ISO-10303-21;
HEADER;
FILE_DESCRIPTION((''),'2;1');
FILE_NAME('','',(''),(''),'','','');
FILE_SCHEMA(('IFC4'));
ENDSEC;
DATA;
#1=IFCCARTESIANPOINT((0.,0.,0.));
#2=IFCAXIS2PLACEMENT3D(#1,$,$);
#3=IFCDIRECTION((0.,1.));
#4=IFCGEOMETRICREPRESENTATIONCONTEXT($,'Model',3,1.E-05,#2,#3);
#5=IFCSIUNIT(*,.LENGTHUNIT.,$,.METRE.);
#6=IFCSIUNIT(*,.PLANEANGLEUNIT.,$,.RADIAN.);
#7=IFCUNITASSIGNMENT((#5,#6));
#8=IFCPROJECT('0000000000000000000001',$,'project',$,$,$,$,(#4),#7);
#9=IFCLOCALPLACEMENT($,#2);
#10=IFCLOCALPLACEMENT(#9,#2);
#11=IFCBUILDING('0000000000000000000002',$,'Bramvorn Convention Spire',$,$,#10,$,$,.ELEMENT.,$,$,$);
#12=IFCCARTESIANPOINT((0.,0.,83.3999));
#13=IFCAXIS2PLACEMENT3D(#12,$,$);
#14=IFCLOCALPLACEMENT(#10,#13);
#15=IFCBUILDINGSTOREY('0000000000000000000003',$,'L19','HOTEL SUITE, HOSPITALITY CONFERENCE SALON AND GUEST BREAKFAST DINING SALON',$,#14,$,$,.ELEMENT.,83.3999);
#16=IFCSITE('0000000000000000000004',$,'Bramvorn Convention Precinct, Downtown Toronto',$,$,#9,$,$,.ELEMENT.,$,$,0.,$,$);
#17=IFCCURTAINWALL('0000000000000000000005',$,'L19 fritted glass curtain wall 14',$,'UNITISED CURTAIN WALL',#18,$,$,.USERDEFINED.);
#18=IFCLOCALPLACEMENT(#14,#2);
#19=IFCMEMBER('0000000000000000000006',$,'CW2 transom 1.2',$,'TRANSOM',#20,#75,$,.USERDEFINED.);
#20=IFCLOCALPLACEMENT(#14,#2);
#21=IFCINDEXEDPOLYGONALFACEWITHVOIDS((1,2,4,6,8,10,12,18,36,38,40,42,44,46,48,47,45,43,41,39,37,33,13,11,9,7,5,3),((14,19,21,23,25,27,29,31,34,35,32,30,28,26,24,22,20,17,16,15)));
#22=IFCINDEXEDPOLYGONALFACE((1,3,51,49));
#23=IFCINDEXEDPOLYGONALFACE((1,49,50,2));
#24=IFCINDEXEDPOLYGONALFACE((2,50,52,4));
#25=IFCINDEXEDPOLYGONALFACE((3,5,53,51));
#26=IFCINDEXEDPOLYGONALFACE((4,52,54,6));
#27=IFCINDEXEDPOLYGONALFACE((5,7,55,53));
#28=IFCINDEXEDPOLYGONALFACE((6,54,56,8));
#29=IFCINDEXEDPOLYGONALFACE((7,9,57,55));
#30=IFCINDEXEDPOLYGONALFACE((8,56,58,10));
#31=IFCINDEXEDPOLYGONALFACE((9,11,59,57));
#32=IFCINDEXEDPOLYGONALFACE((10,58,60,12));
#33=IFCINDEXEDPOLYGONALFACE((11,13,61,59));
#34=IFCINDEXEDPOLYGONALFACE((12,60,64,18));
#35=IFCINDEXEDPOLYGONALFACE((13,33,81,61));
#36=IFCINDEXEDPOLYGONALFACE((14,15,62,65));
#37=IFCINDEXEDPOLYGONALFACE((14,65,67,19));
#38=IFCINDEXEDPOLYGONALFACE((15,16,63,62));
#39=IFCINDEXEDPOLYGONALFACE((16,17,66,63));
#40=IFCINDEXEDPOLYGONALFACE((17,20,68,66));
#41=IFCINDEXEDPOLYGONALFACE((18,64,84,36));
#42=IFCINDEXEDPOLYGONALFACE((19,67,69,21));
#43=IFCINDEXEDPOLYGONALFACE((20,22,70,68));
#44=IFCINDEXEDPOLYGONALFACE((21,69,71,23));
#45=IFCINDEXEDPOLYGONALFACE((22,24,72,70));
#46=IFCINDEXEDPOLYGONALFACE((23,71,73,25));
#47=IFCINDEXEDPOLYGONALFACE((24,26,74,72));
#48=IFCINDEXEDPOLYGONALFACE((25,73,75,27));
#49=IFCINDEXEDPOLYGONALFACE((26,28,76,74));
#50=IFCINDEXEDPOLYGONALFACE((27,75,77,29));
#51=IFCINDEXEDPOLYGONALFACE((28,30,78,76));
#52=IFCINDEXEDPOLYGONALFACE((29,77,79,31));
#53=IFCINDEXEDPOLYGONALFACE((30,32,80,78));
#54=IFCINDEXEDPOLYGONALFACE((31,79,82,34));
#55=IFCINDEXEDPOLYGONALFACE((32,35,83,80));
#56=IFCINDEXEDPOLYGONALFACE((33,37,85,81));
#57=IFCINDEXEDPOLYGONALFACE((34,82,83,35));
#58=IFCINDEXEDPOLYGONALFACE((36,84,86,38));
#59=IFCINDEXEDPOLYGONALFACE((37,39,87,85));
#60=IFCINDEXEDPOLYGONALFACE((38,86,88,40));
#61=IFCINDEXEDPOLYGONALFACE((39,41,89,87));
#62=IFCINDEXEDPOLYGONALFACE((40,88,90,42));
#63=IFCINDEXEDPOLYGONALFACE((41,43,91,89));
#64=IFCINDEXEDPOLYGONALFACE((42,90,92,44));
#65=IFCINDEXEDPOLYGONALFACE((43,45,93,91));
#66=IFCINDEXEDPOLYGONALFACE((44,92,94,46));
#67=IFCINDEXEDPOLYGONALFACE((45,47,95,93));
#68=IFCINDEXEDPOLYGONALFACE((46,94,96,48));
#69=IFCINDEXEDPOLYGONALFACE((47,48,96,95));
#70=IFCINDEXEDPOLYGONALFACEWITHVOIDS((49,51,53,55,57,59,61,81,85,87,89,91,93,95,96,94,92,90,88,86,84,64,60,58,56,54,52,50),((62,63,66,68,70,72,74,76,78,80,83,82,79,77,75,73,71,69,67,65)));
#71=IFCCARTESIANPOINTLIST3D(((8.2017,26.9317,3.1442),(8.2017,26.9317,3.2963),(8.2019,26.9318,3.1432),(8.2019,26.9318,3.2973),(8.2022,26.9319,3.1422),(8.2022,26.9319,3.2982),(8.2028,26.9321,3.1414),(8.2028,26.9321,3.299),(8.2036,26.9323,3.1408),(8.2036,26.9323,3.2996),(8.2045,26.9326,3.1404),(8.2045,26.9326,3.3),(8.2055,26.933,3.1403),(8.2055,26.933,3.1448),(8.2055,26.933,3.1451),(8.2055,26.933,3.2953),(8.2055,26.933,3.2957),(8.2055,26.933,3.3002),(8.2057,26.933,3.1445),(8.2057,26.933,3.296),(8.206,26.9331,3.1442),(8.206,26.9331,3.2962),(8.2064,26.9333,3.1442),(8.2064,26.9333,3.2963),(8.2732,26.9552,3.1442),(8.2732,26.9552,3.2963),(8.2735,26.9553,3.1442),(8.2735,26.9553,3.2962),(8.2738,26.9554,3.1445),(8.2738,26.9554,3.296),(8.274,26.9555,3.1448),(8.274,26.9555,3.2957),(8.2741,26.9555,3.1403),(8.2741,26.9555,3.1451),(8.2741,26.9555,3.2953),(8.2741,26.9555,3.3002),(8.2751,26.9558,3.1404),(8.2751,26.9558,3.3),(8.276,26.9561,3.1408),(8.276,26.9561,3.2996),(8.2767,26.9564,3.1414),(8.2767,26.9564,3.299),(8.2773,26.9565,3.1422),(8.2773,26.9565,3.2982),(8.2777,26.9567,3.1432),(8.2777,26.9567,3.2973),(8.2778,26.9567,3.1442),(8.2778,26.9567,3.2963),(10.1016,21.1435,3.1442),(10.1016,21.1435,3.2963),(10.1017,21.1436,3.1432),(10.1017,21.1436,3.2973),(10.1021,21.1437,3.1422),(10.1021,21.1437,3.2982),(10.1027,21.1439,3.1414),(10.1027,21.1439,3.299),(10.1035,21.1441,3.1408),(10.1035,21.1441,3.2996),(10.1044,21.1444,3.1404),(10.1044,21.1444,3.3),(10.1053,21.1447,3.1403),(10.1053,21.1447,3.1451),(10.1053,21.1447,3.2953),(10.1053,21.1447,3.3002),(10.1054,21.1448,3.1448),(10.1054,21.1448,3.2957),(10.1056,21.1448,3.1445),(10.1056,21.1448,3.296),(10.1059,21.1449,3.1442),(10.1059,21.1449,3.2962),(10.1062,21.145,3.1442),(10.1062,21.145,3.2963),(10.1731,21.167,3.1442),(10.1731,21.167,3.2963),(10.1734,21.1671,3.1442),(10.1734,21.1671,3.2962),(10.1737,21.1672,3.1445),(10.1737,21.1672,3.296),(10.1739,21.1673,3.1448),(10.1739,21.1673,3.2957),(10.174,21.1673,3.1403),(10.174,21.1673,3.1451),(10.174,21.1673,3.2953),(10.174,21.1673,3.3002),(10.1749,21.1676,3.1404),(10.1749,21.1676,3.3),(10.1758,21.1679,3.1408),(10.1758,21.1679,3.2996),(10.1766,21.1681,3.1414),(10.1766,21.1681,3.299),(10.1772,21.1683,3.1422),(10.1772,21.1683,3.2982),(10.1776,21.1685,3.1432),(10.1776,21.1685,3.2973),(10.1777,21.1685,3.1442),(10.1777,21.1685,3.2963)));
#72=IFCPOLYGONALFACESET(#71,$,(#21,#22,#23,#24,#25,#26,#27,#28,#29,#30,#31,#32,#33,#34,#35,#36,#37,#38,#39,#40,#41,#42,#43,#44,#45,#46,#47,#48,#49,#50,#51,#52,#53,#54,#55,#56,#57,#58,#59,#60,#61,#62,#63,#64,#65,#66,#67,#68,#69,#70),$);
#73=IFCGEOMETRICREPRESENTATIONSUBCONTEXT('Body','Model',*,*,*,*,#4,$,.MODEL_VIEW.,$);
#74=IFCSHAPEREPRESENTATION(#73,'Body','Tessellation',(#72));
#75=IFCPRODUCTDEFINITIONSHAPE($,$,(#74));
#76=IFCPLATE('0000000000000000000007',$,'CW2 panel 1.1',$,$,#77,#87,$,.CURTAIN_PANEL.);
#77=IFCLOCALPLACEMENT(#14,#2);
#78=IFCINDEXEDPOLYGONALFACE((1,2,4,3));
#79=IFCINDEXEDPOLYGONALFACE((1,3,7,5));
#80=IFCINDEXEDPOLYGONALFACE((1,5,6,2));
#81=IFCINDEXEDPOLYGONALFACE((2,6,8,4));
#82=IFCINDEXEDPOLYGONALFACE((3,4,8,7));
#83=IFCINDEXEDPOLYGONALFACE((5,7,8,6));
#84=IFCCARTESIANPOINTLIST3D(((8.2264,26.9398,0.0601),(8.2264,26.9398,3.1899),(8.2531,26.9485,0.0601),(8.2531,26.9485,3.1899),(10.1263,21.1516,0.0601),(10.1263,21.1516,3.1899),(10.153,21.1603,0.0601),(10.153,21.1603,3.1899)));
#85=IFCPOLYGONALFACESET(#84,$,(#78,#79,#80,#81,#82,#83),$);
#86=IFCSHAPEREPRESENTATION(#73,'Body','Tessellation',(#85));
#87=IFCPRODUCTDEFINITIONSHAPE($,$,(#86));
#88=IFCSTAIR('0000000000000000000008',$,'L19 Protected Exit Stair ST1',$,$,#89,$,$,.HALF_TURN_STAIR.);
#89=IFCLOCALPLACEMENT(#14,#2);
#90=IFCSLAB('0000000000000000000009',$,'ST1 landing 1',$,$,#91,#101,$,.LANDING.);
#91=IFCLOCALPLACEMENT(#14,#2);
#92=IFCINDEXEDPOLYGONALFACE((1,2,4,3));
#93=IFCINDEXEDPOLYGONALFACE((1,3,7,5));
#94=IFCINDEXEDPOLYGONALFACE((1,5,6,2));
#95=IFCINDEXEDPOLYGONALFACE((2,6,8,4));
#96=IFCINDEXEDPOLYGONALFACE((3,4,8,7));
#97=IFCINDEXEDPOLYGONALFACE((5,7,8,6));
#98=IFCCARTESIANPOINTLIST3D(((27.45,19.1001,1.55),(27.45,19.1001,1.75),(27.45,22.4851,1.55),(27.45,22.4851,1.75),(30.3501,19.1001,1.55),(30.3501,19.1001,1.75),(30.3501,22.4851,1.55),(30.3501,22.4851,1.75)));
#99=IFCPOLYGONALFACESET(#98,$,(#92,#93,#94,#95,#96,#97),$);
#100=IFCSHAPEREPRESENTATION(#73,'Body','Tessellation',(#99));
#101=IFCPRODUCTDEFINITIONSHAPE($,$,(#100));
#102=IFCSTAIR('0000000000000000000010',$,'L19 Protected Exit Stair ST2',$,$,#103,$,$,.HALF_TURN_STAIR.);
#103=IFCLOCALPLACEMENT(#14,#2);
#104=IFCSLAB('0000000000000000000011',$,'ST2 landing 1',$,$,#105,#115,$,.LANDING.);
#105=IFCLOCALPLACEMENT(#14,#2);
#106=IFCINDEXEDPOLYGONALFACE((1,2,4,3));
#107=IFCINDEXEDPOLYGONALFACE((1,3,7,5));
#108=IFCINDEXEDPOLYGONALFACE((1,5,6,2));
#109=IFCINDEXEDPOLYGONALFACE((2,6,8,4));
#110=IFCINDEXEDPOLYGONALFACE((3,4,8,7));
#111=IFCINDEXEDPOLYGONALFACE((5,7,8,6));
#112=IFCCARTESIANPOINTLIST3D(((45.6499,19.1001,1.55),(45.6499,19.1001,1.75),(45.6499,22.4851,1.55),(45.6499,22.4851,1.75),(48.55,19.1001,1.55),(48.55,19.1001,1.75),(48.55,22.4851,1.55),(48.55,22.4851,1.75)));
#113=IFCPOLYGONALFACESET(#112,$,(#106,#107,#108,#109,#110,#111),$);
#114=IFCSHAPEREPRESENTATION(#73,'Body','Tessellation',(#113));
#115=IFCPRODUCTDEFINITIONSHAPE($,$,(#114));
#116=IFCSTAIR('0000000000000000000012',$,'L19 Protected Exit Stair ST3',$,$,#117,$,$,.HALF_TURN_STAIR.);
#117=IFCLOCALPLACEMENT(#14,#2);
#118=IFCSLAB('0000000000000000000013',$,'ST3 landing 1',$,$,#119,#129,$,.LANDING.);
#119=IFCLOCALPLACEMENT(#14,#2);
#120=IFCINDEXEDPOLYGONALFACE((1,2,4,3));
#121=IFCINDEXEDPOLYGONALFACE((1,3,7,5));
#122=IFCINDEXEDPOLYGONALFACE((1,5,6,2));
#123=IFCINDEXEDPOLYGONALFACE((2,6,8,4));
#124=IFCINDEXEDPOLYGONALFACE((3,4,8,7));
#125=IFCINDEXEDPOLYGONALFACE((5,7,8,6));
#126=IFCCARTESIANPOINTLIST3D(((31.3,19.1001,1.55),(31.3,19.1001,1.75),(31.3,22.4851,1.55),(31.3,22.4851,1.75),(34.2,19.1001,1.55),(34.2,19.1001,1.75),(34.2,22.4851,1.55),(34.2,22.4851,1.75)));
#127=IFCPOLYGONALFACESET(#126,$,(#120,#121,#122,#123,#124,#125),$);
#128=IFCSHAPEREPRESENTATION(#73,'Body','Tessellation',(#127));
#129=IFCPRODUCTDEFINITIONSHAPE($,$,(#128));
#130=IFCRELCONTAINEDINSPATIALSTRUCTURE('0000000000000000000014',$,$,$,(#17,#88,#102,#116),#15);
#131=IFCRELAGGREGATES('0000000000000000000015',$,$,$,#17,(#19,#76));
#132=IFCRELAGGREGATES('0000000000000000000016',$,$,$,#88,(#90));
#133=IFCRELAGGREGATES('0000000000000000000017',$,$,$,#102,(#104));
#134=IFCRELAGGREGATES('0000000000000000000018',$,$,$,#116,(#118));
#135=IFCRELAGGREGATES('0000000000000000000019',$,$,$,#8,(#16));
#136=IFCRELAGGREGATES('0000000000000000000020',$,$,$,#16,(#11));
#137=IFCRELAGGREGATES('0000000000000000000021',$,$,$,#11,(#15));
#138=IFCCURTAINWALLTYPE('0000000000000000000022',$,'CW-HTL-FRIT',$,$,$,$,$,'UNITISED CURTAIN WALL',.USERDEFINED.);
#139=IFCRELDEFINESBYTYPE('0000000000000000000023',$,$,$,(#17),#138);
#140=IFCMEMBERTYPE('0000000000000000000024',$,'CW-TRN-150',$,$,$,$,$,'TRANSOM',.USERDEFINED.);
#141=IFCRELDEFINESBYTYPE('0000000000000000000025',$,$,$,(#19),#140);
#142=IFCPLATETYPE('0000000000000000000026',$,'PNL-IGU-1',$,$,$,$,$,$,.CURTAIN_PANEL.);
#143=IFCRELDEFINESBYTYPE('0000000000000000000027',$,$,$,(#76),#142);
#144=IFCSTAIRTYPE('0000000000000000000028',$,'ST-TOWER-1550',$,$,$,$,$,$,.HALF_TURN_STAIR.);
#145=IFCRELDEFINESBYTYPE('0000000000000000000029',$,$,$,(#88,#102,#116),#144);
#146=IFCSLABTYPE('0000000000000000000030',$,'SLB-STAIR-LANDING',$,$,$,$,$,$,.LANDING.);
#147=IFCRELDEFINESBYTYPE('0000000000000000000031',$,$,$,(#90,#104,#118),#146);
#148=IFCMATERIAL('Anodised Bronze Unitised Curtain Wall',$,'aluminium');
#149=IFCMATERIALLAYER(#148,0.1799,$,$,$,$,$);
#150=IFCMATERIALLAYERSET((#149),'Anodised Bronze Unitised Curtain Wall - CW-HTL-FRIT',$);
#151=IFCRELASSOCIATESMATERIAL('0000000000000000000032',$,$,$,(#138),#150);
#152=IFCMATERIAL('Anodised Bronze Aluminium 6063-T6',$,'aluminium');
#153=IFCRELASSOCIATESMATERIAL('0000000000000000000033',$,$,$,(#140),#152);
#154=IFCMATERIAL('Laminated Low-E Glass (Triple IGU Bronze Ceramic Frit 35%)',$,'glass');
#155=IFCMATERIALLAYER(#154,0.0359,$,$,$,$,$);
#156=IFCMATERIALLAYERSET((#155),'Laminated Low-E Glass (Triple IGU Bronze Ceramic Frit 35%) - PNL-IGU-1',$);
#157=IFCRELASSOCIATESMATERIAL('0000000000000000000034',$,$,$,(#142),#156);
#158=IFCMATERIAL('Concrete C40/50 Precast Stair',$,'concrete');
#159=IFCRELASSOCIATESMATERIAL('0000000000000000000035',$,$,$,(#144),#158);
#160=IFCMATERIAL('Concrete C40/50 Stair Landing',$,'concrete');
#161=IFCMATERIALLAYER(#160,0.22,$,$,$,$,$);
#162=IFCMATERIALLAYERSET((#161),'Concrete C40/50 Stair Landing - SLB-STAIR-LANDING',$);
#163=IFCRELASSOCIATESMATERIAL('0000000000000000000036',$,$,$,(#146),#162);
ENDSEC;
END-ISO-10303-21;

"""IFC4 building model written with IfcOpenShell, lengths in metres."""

from ifc_helpers import new_model, si_unit, direction, frame, origin, origin_2d, place, context, subcontext, project, spatial, polyline, rectangle, hollow_rectangle, outline, extrude, material, layer, layer_set, material_profile, profile_set, type_object, element, aggregate, save


model = new_model("IFC4")

# Units and contexts
model_context = context("Model", 3, precision=1e-05, world=origin(), true_north=direction((0.0, 1.0)))
body_context = subcontext(model_context, "Body", "Model", "MODEL_VIEW")
ifc_project = project(units=[si_unit("LENGTHUNIT", "METRE"), si_unit("PLANEANGLEUNIT", "RADIAN")], contexts=[model_context])

# Site, building, storey
site_placement = place(None, origin())
site = spatial("IfcSite", under=ifc_project, at=site_placement, Name="Bramvorn Convention Precinct, Downtown Toronto", CompositionType="ELEMENT", RefElevation=0.0)
building_placement = place(site_placement, origin())
building = spatial("IfcBuilding", under=site, at=building_placement, Name="Bramvorn Convention Spire", CompositionType="ELEMENT")
storey_placement = place(building_placement, frame((0.0, 0.0, 83.3999)))
storey = spatial("IfcBuildingStorey", under=building, at=storey_placement, Name="L19", Description="HOTEL SUITE, HOSPITALITY CONFERENCE SALON AND GUEST BREAKFAST DINING SALON", CompositionType="ELEMENT", Elevation=83.3999)

# Curtain wall, member, plate
ifc_material_1 = material(Name="Anodised Bronze Unitised Curtain Wall", Category="aluminium")
ifc_layer_1 = layer(ifc_material_1, 0.1799)
ifc_layer_set_1 = layer_set([ifc_layer_1], Name="Anodised Bronze Unitised Curtain Wall - CW-HTL-FRIT")
curtain_wall_type = type_object("IfcCurtainWallType", Name="CW-HTL-FRIT", ElementType="UNITISED CURTAIN WALL", PredefinedType="USERDEFINED", material=ifc_layer_set_1)
curtain_wall_placement = place(storey_placement, origin())
curtain_wall = element("IfcCurtainWall", 1, at=curtain_wall_placement, inside=storey, type_object=curtain_wall_type, Name="L19 fritted glass curtain wall 14", ObjectType="UNITISED CURTAIN WALL", PredefinedType="USERDEFINED")
ifc_material_2 = material(Name="Anodised Bronze Aluminium 6063-T6", Category="aluminium")
ifc_material_profile_1 = material_profile(ifc_material_2, hollow_rectangle(XDim=0.0801, YDim=0.1599, WallThickness=0.0039, InnerFilletRadius=0.001, OuterFilletRadius=0.0039, at=origin_2d()))
ifc_profile_set_1 = profile_set([ifc_material_profile_1], Name="Anodised Bronze Aluminium 6063-T6 - CWT80X160")
member_type_1 = type_object("IfcMemberType", Name="CW-TRN-150", ElementType="TRANSOM", PredefinedType="USERDEFINED", material=ifc_profile_set_1)
member_1_placement = place(storey_placement, frame((10.1396, 21.156, 3.2202), z_axis=(-0.31186, 0.950128, 0.0), x_axis=(-0.950128, -0.31186, 0.0)))
member_1 = element("IfcMember", 2, at=member_1_placement, type_object=member_type_1, Name="CW2 transom 1.2", ObjectType="TRANSOM", PredefinedType="USERDEFINED", context=body_context, shape_type="SweptSolid", body=[
    extrude(hollow_rectangle(XDim=0.0801, YDim=0.1599, WallThickness=0.0039, InnerFilletRadius=0.001, OuterFilletRadius=0.0039, at=origin_2d()), origin(), (0.0, 0.0, 1.0), 6.092),
])
ifc_material_3 = material(Name="Laminated Low-E Glass (Triple IGU Bronze Ceramic Frit 35%)", Category="glass")
ifc_layer_2 = layer(ifc_material_3, 0.0359)
ifc_layer_set_2 = layer_set([ifc_layer_2], Name="Laminated Low-E Glass (Triple IGU Bronze Ceramic Frit 35%) - PNL-IGU-1")
plate_type = type_object("IfcPlateType", Name="PNL-IGU-1", PredefinedType="CURTAIN_PANEL", material=ifc_layer_set_2)
plate_placement = place(storey_placement, frame((9.1897, 24.05, 0.0601), z_axis=(0.0, 0.0, 1.0), x_axis=(-0.311859, 0.950128, 0.0)))
plate = element("IfcPlate", 3, at=plate_placement, type_object=plate_type, Name="CW2 panel 1.1", PredefinedType="CURTAIN_PANEL", context=body_context, shape_type="SweptSolid", body=[
    extrude(rectangle(XDim=6.092, YDim=0.0281, at=origin_2d()), origin(), (0.0, 0.0, 1.0), 3.1299),
])
aggregate(curtain_wall, [member_1, plate])

# Stairs, slabs
ifc_material_4 = material(Name="Concrete C40/50 Precast Stair", Category="concrete")
stair_type = type_object("IfcStairType", Name="ST-TOWER-1550", PredefinedType="HALF_TURN_STAIR", material=ifc_material_4)
stair_1_placement = place(storey_placement, origin())
stair_1 = element("IfcStair", 4, at=stair_1_placement, inside=storey, type_object=stair_type, Name="L19 Protected Exit Stair ST1", PredefinedType="HALF_TURN_STAIR")
ifc_material_5 = material(Name="Concrete C40/50 Stair Landing", Category="concrete")
ifc_layer_3 = layer(ifc_material_5, 0.22)
ifc_layer_set_3 = layer_set([ifc_layer_3], Name="Concrete C40/50 Stair Landing - SLB-STAIR-LANDING")
slab_type_1 = type_object("IfcSlabType", Name="SLB-STAIR-LANDING", PredefinedType="LANDING", material=ifc_layer_set_3)
slab_1_placement = place(storey_placement, frame((0.0, 0.0, 1.55)))
slab_1 = element("IfcSlab", 5, at=slab_1_placement, type_object=slab_type_1, Name="ST1 landing 1", PredefinedType="LANDING", context=body_context, shape_type="SweptSolid", body=[
    extrude(outline(polyline([(27.45, 22.4851), (27.45, 19.1001), (30.3501, 19.1001), (30.3501, 22.4851), (27.45, 22.4851)])), origin(), (0.0, 0.0, 1.0), 0.2),
])
aggregate(stair_1, [slab_1])
stair_2_placement = place(storey_placement, origin())
stair_2 = element("IfcStair", 6, at=stair_2_placement, inside=storey, type_object=stair_type, Name="L19 Protected Exit Stair ST2", PredefinedType="HALF_TURN_STAIR")
slab_2_placement = place(storey_placement, frame((0.0, 0.0, 1.55)))
slab_2 = element("IfcSlab", 7, at=slab_2_placement, type_object=slab_type_1, Name="ST2 landing 1", PredefinedType="LANDING", context=body_context, shape_type="SweptSolid", body=[
    extrude(outline(polyline([(45.6499, 22.4851), (45.6499, 19.1001), (48.55, 19.1001), (48.55, 22.4851), (45.6499, 22.4851)])), origin(), (0.0, 0.0, 1.0), 0.2),
])
aggregate(stair_2, [slab_2])
stair_3_placement = place(storey_placement, origin())
stair_3 = element("IfcStair", 8, at=stair_3_placement, inside=storey, type_object=stair_type, Name="L19 Protected Exit Stair ST3", PredefinedType="HALF_TURN_STAIR")
slab_3_placement = place(storey_placement, frame((0.0, 0.0, 1.55)))
slab_3 = element("IfcSlab", 9, at=slab_3_placement, type_object=slab_type_1, Name="ST3 landing 1", PredefinedType="LANDING", context=body_context, shape_type="SweptSolid", body=[
    extrude(outline(polyline([(31.3, 22.4851), (31.3, 19.1001), (34.2, 19.1001), (34.2, 22.4851), (31.3, 22.4851)])), origin(), (0.0, 0.0, 1.0), 0.2),
])
aggregate(stair_3, [slab_3])

save(model, "model.ifc")
